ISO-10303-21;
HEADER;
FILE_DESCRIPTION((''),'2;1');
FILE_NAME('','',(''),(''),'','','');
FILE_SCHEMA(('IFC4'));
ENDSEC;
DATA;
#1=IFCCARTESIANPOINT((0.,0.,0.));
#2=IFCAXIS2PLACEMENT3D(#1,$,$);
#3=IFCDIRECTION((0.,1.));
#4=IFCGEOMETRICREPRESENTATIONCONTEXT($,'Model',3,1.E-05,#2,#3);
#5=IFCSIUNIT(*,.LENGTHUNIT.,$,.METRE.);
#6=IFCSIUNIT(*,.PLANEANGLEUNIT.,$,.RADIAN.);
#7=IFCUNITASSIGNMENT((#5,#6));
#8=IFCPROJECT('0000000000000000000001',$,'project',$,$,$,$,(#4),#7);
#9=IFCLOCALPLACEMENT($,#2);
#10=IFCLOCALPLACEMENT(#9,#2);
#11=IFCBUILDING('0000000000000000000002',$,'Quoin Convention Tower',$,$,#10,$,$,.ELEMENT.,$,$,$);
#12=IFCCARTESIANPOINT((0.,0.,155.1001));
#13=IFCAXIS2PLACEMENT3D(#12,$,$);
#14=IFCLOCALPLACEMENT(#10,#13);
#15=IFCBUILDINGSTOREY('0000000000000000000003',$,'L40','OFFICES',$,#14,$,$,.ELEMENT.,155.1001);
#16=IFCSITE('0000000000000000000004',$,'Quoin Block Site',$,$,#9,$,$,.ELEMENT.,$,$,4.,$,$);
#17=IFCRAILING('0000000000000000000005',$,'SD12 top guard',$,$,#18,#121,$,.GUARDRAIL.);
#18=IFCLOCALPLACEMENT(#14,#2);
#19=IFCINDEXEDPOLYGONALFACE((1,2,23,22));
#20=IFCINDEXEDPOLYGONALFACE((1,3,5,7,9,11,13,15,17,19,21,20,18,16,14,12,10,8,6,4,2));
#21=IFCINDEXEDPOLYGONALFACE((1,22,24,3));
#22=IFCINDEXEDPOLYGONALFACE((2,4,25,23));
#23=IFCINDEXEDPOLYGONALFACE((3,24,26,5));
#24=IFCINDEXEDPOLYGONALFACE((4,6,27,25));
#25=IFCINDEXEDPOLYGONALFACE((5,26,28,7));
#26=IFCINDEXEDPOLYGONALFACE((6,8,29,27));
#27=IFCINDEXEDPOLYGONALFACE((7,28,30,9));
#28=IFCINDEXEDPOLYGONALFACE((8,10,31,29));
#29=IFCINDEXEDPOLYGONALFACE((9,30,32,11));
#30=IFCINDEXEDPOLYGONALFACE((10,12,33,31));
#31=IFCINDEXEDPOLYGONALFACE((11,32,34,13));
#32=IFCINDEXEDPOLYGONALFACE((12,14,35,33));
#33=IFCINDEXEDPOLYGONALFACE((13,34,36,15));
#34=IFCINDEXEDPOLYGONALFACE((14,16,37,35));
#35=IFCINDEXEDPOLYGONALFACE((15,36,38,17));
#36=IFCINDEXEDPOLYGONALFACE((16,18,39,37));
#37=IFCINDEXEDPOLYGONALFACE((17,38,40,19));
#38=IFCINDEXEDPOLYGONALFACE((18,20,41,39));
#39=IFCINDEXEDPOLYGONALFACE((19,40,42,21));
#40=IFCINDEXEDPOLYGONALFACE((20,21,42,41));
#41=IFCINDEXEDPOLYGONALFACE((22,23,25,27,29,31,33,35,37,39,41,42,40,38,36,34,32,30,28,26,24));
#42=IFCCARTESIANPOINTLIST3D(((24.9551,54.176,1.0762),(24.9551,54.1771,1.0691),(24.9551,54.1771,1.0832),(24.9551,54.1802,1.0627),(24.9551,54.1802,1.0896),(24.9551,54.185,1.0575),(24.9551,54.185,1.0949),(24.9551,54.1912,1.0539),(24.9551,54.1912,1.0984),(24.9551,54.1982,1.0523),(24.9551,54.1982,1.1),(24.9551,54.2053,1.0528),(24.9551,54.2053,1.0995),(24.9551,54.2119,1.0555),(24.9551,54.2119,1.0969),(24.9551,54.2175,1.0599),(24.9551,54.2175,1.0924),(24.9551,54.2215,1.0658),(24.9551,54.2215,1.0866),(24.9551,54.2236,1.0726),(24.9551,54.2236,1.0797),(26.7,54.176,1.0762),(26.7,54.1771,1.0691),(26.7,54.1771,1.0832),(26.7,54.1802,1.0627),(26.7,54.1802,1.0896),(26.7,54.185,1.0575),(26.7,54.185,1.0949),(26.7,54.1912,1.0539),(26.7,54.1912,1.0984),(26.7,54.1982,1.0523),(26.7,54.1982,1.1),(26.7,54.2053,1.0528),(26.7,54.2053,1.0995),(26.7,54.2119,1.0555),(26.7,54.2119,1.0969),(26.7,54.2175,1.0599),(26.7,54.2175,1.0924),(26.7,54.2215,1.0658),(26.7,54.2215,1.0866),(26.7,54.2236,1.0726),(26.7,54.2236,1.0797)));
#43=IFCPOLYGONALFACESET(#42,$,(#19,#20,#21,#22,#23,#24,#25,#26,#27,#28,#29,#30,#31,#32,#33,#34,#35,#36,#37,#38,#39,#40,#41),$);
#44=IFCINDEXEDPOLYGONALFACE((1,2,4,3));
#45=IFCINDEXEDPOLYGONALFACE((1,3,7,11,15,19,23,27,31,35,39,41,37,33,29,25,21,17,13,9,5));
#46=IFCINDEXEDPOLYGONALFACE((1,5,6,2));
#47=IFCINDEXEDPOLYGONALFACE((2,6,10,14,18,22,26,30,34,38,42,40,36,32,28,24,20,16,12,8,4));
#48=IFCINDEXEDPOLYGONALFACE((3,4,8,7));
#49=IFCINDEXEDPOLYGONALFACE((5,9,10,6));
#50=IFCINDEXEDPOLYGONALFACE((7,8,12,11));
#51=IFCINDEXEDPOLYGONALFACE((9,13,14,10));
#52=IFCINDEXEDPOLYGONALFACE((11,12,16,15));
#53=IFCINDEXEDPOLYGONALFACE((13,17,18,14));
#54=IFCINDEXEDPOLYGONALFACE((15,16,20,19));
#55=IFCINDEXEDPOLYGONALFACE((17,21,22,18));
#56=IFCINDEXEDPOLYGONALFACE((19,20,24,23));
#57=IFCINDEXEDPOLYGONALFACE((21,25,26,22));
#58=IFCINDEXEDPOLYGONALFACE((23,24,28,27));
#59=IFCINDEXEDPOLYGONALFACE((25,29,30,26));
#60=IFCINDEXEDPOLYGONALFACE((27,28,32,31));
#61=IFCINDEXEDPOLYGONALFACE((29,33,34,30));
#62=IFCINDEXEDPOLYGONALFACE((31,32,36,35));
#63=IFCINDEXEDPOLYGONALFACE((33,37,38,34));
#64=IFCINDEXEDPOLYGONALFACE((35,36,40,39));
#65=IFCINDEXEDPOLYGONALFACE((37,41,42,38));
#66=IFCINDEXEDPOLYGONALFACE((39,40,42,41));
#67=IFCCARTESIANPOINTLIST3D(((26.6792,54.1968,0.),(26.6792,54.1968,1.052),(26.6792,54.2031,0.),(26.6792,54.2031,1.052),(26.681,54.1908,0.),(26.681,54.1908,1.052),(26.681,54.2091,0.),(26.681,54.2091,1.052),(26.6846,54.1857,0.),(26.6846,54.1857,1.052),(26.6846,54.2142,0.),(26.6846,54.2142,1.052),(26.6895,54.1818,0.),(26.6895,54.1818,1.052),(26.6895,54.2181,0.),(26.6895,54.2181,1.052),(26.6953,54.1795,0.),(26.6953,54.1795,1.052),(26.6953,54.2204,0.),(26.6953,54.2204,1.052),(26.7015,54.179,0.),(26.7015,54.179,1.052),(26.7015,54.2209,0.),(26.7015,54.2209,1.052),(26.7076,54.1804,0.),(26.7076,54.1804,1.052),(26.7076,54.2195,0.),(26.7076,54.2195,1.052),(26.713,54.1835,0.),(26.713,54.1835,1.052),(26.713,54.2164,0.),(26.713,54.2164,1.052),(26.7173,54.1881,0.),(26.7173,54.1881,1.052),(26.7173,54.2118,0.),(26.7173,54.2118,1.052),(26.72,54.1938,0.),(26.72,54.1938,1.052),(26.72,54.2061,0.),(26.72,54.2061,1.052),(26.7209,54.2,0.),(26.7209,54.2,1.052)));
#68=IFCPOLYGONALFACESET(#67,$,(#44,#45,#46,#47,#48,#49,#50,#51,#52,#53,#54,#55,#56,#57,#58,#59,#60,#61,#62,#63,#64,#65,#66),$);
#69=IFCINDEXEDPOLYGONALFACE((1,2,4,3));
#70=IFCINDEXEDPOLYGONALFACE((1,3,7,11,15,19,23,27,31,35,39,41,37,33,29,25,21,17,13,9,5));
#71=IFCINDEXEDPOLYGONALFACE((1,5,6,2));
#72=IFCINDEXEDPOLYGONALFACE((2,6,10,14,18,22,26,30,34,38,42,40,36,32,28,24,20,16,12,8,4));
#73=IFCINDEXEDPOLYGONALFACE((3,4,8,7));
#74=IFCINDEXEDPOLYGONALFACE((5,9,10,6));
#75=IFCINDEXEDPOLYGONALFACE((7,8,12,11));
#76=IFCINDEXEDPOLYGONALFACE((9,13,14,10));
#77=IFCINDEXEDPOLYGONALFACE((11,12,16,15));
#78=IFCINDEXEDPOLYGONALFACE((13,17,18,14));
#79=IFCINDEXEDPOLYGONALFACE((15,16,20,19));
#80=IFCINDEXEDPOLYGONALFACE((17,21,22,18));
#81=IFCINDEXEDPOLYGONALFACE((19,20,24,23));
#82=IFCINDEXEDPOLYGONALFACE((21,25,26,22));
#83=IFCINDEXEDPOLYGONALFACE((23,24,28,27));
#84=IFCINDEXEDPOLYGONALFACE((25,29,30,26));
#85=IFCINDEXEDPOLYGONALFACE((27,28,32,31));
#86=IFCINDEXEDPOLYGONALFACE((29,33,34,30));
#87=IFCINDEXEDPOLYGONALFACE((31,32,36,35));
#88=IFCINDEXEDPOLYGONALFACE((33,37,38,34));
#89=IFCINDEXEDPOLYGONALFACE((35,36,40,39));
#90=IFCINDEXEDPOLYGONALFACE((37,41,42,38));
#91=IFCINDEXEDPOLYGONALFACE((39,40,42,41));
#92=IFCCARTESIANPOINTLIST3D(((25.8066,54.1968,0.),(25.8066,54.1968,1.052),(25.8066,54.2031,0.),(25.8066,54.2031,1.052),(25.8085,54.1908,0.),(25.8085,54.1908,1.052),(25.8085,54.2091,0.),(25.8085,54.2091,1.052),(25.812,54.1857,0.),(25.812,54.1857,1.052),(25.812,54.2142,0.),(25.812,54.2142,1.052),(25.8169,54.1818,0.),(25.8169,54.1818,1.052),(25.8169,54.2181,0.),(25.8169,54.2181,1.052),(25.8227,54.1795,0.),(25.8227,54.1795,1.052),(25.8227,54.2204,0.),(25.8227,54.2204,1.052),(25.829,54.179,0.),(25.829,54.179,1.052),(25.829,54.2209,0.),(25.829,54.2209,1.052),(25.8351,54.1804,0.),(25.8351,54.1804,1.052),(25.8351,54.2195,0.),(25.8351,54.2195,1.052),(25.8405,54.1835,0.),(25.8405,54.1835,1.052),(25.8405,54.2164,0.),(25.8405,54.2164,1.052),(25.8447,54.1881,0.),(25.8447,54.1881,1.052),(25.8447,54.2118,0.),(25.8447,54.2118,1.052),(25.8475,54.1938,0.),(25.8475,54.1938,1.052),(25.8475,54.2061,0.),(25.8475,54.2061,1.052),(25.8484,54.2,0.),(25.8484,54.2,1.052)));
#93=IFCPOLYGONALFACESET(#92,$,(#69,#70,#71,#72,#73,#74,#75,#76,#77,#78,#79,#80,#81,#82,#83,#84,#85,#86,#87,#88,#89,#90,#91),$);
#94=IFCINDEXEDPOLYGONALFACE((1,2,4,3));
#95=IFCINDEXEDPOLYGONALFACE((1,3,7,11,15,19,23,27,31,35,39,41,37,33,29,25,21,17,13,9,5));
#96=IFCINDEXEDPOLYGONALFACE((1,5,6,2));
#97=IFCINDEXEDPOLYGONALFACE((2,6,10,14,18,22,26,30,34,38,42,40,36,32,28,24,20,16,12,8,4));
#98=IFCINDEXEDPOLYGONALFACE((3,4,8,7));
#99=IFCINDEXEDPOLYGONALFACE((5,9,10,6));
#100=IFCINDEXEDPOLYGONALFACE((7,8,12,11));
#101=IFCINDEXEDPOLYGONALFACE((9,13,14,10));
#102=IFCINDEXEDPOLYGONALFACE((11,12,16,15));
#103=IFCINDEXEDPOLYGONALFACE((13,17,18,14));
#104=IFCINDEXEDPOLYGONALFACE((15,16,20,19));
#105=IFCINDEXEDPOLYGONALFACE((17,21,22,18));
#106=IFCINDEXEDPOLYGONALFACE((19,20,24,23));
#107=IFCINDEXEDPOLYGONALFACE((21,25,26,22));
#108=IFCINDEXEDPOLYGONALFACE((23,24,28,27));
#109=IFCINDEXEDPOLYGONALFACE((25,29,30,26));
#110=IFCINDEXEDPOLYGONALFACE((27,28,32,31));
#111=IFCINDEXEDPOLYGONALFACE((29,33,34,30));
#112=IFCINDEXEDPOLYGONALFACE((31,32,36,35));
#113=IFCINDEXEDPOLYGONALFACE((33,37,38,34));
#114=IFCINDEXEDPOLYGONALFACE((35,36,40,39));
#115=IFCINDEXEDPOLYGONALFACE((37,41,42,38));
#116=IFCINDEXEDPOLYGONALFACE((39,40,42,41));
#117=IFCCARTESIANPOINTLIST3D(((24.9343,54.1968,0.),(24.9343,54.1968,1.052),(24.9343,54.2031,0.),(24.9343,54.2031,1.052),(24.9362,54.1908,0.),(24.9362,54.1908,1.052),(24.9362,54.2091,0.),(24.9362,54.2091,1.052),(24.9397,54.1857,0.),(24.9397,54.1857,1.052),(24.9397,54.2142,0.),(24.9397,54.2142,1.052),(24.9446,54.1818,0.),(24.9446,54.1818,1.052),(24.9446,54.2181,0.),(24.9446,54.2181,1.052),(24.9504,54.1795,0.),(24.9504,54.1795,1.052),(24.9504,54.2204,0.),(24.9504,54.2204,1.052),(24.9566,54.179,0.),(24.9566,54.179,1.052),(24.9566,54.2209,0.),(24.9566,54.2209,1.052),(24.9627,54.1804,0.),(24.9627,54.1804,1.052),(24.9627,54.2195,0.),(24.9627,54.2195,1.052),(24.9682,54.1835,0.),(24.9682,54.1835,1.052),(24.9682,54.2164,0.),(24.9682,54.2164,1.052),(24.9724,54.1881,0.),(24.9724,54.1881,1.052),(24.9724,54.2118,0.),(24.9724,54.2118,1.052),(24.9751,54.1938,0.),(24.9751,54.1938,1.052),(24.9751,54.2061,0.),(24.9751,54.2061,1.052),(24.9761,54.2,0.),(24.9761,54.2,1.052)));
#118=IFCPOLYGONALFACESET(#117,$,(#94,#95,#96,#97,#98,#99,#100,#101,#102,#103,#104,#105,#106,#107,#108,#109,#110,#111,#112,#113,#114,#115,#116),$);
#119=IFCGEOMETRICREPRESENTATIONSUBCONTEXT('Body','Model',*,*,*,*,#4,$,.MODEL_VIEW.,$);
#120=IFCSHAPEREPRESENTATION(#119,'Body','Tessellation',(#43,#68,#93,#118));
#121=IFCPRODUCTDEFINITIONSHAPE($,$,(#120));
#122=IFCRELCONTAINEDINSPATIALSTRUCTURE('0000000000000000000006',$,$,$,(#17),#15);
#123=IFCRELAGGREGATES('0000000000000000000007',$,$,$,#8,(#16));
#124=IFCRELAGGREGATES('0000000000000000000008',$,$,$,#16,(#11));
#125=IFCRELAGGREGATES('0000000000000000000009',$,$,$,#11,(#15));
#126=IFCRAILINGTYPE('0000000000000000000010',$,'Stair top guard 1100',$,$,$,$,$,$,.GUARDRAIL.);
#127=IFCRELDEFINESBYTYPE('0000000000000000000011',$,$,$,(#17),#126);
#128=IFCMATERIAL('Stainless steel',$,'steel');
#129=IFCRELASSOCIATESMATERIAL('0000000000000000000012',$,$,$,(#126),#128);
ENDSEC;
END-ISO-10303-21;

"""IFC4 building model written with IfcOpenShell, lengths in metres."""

from ifc_helpers import new_model, si_unit, direction, frame, origin, origin_2d, place, context, subcontext, project, spatial, circle, extrude, material, type_object, element, save


model = new_model("IFC4")

# Units and contexts
model_context = context("Model", 3, precision=1e-05, world=origin(), true_north=direction((0.0, 1.0)))
body_context = subcontext(model_context, "Body", "Model", "MODEL_VIEW")
ifc_project = project(units=[si_unit("LENGTHUNIT", "METRE"), si_unit("PLANEANGLEUNIT", "RADIAN")], contexts=[model_context])

# Site, building, storey
site_placement = place(None, origin())
site = spatial("IfcSite", under=ifc_project, at=site_placement, Name="Quoin Block Site", CompositionType="ELEMENT", RefElevation=4.0)
building_placement = place(site_placement, origin())
building = spatial("IfcBuilding", under=site, at=building_placement, Name="Quoin Convention Tower", CompositionType="ELEMENT")
storey_placement = place(building_placement, frame((0.0, 0.0, 155.1001)))
storey = spatial("IfcBuildingStorey", under=building, at=storey_placement, Name="L40", Description="OFFICES", CompositionType="ELEMENT", Elevation=155.1001)

# Railing
ifc_material_1 = material(Name="Stainless steel", Category="steel")
railing_type_1 = type_object("IfcRailingType", Name="Stair top guard 1100", PredefinedType="GUARDRAIL", material=ifc_material_1)
railing_1_placement = place(storey_placement, frame((26.7, 54.2, 0.0)))
element("IfcRailing", 1, at=railing_1_placement, inside=storey, type_object=railing_type_1, Name="SD12 top guard", PredefinedType="GUARDRAIL", context=body_context, shape_type="SweptSolid", body=[
    extrude(circle(Radius=0.0239, at=origin_2d()), frame((0.0, 0.0, 1.0762), z_axis=(-1.0, 0.0, 0.0), x_axis=(0.0, -1.0, 0.0)), (0.0, 0.0, 1.0), 1.7449),
    extrude(circle(Radius=0.021, at=origin_2d()), origin(), (0.0, 0.0, 1.0), 1.052),
    extrude(circle(Radius=0.021, at=origin_2d()), frame((-0.8726, 0.0, 0.0)), (0.0, 0.0, 1.0), 1.052),
    extrude(circle(Radius=0.021, at=origin_2d()), frame((-1.7449, 0.0, 0.0)), (0.0, 0.0, 1.0), 1.052),
])

save(model, "model.ifc")
